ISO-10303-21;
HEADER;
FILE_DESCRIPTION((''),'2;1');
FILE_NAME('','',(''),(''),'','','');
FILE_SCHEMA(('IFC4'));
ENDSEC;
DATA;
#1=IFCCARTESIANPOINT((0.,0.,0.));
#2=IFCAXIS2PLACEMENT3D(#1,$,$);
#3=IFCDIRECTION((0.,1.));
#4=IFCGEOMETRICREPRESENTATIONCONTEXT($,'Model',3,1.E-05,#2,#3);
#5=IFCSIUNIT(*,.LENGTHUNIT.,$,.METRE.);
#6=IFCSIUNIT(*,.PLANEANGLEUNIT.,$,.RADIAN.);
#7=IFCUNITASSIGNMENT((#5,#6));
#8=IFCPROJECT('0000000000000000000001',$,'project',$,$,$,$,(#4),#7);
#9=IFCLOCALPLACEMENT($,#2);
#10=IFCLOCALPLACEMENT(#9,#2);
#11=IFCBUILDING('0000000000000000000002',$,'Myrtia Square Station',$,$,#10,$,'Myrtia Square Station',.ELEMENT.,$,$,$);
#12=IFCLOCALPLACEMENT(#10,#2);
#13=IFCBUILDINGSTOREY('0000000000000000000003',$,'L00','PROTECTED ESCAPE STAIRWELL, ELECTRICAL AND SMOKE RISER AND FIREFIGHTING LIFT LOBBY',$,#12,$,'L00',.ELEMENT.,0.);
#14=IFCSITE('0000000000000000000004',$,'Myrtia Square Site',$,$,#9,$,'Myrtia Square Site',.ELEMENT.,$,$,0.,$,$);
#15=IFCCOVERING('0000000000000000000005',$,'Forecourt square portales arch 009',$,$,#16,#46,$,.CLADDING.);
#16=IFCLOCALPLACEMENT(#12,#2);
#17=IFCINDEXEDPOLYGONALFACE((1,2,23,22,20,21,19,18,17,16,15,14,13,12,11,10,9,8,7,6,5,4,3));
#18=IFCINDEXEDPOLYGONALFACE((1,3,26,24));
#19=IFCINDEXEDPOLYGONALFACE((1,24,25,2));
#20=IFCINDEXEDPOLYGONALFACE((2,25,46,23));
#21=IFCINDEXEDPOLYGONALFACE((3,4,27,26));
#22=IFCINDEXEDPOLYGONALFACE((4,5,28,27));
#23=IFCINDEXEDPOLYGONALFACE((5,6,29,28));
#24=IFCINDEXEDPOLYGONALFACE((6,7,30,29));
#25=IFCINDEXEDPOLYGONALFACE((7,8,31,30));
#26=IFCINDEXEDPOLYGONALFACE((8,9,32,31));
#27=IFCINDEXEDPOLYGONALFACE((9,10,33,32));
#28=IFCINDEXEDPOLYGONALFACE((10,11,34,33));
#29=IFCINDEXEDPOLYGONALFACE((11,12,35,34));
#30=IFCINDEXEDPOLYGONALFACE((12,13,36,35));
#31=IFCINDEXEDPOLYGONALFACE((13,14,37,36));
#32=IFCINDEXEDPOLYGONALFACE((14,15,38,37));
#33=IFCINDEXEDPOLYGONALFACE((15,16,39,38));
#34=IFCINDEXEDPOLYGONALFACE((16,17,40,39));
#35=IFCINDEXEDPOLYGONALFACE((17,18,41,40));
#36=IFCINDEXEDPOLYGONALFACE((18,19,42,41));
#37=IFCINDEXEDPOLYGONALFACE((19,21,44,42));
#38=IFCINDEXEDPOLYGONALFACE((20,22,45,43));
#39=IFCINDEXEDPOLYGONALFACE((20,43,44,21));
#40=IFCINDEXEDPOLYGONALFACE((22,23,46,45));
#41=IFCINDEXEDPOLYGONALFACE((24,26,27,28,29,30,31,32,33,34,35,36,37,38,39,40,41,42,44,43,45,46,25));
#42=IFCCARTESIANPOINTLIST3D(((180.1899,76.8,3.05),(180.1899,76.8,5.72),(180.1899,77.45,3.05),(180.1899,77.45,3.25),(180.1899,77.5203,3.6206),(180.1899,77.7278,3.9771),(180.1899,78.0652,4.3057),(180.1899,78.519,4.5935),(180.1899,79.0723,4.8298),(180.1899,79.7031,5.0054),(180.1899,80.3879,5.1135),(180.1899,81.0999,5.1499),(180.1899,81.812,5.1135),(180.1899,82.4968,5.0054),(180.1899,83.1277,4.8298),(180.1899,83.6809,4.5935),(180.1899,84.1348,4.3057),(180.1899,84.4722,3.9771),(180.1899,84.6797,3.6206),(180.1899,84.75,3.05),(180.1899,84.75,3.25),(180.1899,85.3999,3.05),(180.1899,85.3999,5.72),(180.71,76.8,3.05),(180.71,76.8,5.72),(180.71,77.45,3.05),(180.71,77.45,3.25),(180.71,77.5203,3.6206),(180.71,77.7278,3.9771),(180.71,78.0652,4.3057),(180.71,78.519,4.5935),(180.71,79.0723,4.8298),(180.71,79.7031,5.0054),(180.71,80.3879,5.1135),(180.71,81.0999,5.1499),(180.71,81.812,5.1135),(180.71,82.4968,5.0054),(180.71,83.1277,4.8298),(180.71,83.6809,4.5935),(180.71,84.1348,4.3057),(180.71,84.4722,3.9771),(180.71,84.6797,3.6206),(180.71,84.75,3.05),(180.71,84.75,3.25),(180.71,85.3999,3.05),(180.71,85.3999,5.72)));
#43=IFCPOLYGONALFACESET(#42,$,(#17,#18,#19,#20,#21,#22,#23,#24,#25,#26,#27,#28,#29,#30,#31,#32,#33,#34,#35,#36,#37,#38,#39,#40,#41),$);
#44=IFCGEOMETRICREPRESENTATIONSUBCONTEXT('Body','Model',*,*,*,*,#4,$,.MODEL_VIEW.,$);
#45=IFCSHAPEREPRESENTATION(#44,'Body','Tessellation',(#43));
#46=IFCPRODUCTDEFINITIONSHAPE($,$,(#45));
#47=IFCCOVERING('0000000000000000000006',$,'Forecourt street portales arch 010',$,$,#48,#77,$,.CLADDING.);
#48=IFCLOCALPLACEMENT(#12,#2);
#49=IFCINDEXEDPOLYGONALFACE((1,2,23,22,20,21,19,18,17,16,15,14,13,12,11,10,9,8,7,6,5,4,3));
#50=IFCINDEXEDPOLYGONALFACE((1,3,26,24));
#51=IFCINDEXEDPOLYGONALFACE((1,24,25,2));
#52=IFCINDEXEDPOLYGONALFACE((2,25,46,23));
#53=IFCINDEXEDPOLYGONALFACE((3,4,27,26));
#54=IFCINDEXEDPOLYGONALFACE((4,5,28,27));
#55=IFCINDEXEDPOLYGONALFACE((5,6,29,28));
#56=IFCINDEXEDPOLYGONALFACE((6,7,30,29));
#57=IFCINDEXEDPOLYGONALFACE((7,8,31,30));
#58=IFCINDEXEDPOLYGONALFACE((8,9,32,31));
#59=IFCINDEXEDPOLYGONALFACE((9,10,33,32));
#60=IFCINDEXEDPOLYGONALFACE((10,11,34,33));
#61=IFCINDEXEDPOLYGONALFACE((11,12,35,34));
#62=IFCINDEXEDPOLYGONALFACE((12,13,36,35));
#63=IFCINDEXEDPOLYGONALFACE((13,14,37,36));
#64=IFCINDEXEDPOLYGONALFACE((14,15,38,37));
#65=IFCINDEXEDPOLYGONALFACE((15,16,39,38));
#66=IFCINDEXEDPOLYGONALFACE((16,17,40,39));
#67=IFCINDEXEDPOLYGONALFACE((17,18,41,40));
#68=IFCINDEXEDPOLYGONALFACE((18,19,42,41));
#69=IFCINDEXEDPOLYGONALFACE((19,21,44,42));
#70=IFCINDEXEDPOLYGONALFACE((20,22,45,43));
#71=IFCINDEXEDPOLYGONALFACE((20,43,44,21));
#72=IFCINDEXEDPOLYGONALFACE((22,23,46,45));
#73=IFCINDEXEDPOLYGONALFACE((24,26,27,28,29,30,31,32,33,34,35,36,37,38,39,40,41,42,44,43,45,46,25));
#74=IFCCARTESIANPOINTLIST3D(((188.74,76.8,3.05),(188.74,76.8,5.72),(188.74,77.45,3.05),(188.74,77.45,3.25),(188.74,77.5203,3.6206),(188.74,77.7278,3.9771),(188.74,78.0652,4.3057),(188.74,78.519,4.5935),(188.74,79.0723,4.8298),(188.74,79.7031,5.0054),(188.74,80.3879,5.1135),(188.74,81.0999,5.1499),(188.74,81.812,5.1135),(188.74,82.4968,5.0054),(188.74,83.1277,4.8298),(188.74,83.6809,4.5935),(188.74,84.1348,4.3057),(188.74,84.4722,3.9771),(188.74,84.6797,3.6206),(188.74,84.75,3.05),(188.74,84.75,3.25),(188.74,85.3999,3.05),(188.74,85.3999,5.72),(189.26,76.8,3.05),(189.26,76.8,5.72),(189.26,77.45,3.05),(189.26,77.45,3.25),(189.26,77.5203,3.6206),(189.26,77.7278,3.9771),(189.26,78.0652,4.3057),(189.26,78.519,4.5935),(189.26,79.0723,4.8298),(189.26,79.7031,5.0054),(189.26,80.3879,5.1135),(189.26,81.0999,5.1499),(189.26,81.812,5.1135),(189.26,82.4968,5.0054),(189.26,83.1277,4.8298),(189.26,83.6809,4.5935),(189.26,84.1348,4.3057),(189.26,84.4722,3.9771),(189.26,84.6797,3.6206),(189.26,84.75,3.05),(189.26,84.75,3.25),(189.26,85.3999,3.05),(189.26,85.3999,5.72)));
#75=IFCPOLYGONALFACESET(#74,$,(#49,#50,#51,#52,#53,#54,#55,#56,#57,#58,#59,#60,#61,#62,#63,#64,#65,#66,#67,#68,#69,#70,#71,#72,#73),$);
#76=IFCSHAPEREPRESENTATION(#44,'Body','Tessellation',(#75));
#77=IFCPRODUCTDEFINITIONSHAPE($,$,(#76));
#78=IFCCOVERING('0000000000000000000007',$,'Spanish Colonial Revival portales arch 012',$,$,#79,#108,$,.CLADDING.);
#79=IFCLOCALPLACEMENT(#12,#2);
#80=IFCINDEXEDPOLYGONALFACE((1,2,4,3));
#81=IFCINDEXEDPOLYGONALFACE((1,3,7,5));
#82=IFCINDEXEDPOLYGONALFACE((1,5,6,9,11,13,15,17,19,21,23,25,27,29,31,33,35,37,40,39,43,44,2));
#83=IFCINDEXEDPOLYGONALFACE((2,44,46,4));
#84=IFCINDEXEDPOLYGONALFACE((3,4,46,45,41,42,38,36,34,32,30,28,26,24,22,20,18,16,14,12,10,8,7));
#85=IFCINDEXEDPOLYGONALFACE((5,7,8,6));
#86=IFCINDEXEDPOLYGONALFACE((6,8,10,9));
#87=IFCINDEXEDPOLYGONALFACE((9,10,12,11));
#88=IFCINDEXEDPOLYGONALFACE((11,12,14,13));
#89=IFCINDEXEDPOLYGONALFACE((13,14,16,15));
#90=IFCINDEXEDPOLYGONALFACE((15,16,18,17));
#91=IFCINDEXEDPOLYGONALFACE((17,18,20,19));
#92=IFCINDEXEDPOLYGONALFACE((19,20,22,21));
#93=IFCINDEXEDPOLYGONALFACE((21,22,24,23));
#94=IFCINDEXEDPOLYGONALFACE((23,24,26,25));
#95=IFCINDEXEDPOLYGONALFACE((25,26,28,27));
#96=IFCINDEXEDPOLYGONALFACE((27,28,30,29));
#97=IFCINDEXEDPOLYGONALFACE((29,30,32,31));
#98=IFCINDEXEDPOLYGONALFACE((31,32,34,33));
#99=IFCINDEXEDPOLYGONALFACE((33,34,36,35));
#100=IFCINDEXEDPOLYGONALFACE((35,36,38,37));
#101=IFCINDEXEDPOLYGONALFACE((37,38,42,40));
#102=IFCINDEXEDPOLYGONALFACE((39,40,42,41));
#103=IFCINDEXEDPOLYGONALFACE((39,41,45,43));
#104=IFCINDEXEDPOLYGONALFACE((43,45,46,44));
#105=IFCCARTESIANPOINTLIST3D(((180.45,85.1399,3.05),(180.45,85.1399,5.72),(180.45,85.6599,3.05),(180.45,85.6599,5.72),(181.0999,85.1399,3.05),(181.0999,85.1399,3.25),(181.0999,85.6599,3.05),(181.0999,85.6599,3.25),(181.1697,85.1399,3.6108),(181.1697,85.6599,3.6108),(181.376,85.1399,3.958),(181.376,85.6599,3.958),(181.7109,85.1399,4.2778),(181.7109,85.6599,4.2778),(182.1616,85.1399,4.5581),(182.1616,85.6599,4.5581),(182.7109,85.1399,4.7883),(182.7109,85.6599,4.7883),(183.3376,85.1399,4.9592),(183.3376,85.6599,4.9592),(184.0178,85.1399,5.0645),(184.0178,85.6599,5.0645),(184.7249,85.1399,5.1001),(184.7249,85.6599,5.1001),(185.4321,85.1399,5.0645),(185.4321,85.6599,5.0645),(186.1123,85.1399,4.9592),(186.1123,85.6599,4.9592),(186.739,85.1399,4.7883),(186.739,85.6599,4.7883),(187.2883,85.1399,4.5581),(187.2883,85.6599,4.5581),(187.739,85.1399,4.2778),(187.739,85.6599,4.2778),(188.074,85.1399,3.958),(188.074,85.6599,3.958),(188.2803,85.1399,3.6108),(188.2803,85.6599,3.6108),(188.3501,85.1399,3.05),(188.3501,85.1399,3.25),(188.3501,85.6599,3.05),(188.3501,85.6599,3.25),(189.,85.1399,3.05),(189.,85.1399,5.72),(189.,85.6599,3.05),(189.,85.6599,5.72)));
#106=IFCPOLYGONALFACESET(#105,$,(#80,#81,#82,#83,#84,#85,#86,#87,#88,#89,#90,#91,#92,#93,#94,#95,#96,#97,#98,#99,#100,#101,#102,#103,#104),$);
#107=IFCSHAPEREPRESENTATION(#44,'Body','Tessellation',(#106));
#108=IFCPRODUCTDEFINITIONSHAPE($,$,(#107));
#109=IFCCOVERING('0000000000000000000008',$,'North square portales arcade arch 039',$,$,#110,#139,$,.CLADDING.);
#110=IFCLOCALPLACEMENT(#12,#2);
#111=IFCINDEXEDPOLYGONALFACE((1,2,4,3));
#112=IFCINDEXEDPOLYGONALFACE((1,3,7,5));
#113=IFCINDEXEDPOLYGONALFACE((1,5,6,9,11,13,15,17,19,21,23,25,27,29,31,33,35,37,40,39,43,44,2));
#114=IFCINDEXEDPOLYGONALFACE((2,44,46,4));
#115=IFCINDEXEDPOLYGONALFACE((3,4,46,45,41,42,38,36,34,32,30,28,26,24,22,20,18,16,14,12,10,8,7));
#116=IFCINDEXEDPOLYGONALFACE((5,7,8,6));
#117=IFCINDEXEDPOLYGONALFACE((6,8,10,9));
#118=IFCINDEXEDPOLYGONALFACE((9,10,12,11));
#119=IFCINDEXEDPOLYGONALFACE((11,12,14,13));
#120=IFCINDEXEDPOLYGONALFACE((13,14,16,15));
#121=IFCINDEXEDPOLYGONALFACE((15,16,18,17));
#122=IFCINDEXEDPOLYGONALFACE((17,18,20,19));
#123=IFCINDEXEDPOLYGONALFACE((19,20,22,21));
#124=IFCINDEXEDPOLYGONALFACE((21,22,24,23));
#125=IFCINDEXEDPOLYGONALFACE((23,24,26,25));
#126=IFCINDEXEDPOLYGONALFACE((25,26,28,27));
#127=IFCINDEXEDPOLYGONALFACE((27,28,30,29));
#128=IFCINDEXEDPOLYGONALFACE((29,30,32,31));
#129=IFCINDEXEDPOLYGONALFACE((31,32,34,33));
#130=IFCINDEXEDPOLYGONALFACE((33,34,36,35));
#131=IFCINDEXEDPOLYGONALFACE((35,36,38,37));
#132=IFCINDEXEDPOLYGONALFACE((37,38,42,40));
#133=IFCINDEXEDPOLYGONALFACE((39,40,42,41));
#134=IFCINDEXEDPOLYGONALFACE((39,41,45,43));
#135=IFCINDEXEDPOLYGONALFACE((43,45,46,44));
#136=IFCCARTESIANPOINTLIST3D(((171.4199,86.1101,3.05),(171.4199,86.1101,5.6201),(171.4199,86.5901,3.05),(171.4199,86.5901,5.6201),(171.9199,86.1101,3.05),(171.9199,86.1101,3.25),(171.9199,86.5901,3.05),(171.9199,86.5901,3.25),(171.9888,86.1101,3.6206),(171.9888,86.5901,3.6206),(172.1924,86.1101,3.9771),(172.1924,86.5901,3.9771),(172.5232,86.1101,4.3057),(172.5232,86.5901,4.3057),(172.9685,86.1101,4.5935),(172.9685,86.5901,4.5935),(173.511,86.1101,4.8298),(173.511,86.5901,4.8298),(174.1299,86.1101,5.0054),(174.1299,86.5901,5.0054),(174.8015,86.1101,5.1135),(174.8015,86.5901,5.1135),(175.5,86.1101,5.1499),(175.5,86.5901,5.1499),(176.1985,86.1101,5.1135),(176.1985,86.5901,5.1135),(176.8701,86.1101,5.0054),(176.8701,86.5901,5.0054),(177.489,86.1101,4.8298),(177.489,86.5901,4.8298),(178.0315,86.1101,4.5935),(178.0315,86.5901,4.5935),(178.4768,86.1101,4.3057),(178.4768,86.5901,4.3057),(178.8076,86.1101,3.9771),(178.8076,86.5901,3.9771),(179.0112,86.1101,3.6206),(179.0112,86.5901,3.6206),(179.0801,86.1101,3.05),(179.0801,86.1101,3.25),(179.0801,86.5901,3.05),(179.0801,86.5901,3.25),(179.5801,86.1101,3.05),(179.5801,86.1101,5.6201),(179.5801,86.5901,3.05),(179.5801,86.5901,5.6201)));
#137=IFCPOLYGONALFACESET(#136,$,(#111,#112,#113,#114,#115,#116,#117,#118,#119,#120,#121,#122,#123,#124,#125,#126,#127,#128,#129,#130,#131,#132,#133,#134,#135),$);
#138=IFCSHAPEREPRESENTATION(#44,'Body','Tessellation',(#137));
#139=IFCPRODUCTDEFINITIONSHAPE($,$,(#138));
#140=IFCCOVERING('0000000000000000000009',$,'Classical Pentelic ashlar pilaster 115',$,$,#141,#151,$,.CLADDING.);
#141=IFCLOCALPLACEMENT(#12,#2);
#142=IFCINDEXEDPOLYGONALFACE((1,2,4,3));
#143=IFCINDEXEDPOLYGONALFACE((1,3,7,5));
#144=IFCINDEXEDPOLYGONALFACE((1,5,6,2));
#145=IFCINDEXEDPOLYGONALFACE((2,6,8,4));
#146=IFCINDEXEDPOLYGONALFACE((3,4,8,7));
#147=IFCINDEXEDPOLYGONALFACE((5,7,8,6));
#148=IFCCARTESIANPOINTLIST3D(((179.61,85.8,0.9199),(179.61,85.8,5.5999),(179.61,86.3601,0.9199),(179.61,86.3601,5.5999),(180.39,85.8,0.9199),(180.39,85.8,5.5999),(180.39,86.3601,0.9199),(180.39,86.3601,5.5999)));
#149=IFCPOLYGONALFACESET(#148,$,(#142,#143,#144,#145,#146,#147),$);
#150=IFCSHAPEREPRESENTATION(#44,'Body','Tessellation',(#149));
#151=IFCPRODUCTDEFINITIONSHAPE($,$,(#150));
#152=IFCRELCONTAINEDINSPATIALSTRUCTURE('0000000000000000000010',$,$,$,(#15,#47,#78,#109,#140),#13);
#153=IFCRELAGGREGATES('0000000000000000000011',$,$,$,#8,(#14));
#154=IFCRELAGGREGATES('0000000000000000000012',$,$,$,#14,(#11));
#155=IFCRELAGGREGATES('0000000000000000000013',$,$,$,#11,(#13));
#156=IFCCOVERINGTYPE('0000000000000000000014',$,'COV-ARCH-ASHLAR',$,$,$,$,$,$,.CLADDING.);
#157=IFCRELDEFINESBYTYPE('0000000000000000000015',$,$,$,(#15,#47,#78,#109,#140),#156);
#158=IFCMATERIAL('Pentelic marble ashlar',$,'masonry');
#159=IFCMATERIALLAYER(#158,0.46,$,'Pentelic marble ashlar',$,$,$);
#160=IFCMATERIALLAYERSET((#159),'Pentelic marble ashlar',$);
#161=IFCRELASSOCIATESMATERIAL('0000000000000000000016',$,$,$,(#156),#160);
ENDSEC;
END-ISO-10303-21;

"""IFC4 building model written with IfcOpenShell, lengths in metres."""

from ifc_helpers import new_model, si_unit, direction, frame, origin, origin_2d, place, context, subcontext, project, spatial, polyline, rectangle, outline, extrude, material, layer, layer_set, type_object, element, save


model = new_model("IFC4")

# Units and contexts
model_context = context("Model", 3, precision=1e-05, world=origin(), true_north=direction((0.0, 1.0)))
body_context = subcontext(model_context, "Body", "Model", "MODEL_VIEW")
ifc_project = project(units=[si_unit("LENGTHUNIT", "METRE"), si_unit("PLANEANGLEUNIT", "RADIAN")], contexts=[model_context])

# Site, building, storey
site_placement = place(None, origin())
site = spatial("IfcSite", under=ifc_project, at=site_placement, Name="Myrtia Square Site", LongName="Myrtia Square Site", CompositionType="ELEMENT", RefElevation=0.0)
building_placement = place(site_placement, origin())
building = spatial("IfcBuilding", under=site, at=building_placement, Name="Myrtia Square Station", LongName="Myrtia Square Station", CompositionType="ELEMENT")
storey_placement = place(building_placement, origin())
storey = spatial("IfcBuildingStorey", under=building, at=storey_placement, Name="L00", Description="PROTECTED ESCAPE STAIRWELL, ELECTRICAL AND SMOKE RISER AND FIREFIGHTING LIFT LOBBY", LongName="L00", CompositionType="ELEMENT", Elevation=0.0)

# Shared definitions
ifc_material_1 = material(Name="Pentelic marble ashlar", Category="masonry")

# Coverings
ifc_layer_1 = layer(ifc_material_1, 0.46, Name="Pentelic marble ashlar")
ifc_layer_set_1 = layer_set([ifc_layer_1], Name="Pentelic marble ashlar")
covering_type = type_object("IfcCoveringType", Name="COV-ARCH-ASHLAR", PredefinedType="CLADDING", material=ifc_layer_set_1)
for number, where, z_axis, x_axis, name in (
    (1, (180.45, 76.8, 3.05), (0.0, 0.0, 1.0), (0.0, 1.0, 0.0), "Forecourt square portales arch 009"),
    (2, (189.0, 76.8, 3.05), (0.0, 0.0, 1.0), (0.0, 1.0, 0.0), "Forecourt street portales arch 010"),
):
    element("IfcCovering", number, at=place(storey_placement, frame(where, z_axis=z_axis, x_axis=x_axis)), inside=storey, type_object=covering_type, Name=name, PredefinedType="CLADDING", context=body_context, shape_type="SweptSolid", body=[
        extrude(outline(polyline([(0.0, 0.0), (0.6499, 0.0), (0.6499, 0.2), (0.7202, 0.5706), (0.9277, 0.927), (1.2651, 1.2556), (1.719, 1.5435), (2.2722, 1.7798), (2.9031, 1.9553), (3.5879, 2.0635), (4.2998, 2.0999), (5.012, 2.0635), (5.6968, 1.9553), (6.3276, 1.7798), (6.8809, 1.5435), (7.3347, 1.2556), (7.6721, 0.927), (7.8796, 0.5706), (7.95, 0.2), (7.95, 0.0), (8.5999, 0.0), (8.5999, 2.6699), (0.0, 2.6699), (0.0, 0.0)])), frame((0.0, 0.26, 0.0), z_axis=(0.0, -1.0, 0.0), x_axis=(1.0, 0.0, 0.0)), (0.0, 0.0, 1.0), 0.52),
    ])
covering_1_placement = place(storey_placement, frame((180.45, 85.3999, 3.05), z_axis=(0.0, 0.0, 1.0), x_axis=(1.0, 0.0, 0.0)))
element("IfcCovering", 3, at=covering_1_placement, inside=storey, type_object=covering_type, Name="Spanish Colonial Revival portales arch 012", PredefinedType="CLADDING", context=body_context, shape_type="SweptSolid", body=[
    extrude(outline(polyline([(0.0, 0.0), (0.6499, 0.0), (0.6499, 0.2), (0.7197, 0.5608), (0.926, 0.908), (1.261, 1.2278), (1.7117, 1.5081), (2.261, 1.7383), (2.8877, 1.9092), (3.5679, 2.0144), (4.2749, 2.05), (4.9822, 2.0144), (5.6624, 1.9092), (6.2891, 1.7383), (6.8384, 1.5081), (7.2891, 1.2278), (7.624, 0.908), (7.8303, 0.5608), (7.9001, 0.2), (7.9001, 0.0), (8.55, 0.0), (8.55, 2.6699), (0.0, 2.6699), (0.0, 0.0)])), frame((0.0, 0.26, 0.0), z_axis=(0.0, -1.0, 0.0), x_axis=(1.0, 0.0, 0.0)), (0.0, 0.0, 1.0), 0.52),
])
covering_2_placement = place(storey_placement, frame((171.4199, 86.3501, 3.05), z_axis=(0.0, 0.0, 1.0), x_axis=(1.0, 0.0, 0.0)))
element("IfcCovering", 4, at=covering_2_placement, inside=storey, type_object=covering_type, Name="North square portales arcade arch 039", PredefinedType="CLADDING", context=body_context, shape_type="SweptSolid", body=[
    extrude(outline(polyline([(0.0, 0.0), (0.5, 0.0), (0.5, 0.2), (0.5688, 0.5706), (0.7725, 0.927), (1.1033, 1.2556), (1.5486, 1.5435), (2.0911, 1.7798), (2.71, 1.9553), (3.3816, 2.0635), (4.0801, 2.0999), (4.7786, 2.0635), (5.4502, 1.9553), (6.0691, 1.7798), (6.6116, 1.5435), (7.0569, 1.2556), (7.3877, 0.927), (7.5913, 0.5706), (7.6602, 0.2), (7.6602, 0.0), (8.1602, 0.0), (8.1602, 2.5701), (0.0, 2.5701), (0.0, 0.0)])), frame((0.0, 0.24, 0.0), z_axis=(0.0, -1.0, 0.0), x_axis=(1.0, 0.0, 0.0)), (0.0, 0.0, 1.0), 0.48),
])
covering_3_placement = place(storey_placement, frame((180.0, 86.0801, 0.9199), z_axis=(0.0, 0.0, 1.0), x_axis=(1.0, 0.0, 0.0)))
element("IfcCovering", 5, at=covering_3_placement, inside=storey, type_object=covering_type, Name="Classical Pentelic ashlar pilaster 115", PredefinedType="CLADDING", context=body_context, shape_type="SweptSolid", body=[
    extrude(rectangle(XDim=0.78, YDim=0.5601, at=origin_2d()), origin(), (0.0, 0.0, 1.0), 4.6799),
])

save(model, "model.ifc")
